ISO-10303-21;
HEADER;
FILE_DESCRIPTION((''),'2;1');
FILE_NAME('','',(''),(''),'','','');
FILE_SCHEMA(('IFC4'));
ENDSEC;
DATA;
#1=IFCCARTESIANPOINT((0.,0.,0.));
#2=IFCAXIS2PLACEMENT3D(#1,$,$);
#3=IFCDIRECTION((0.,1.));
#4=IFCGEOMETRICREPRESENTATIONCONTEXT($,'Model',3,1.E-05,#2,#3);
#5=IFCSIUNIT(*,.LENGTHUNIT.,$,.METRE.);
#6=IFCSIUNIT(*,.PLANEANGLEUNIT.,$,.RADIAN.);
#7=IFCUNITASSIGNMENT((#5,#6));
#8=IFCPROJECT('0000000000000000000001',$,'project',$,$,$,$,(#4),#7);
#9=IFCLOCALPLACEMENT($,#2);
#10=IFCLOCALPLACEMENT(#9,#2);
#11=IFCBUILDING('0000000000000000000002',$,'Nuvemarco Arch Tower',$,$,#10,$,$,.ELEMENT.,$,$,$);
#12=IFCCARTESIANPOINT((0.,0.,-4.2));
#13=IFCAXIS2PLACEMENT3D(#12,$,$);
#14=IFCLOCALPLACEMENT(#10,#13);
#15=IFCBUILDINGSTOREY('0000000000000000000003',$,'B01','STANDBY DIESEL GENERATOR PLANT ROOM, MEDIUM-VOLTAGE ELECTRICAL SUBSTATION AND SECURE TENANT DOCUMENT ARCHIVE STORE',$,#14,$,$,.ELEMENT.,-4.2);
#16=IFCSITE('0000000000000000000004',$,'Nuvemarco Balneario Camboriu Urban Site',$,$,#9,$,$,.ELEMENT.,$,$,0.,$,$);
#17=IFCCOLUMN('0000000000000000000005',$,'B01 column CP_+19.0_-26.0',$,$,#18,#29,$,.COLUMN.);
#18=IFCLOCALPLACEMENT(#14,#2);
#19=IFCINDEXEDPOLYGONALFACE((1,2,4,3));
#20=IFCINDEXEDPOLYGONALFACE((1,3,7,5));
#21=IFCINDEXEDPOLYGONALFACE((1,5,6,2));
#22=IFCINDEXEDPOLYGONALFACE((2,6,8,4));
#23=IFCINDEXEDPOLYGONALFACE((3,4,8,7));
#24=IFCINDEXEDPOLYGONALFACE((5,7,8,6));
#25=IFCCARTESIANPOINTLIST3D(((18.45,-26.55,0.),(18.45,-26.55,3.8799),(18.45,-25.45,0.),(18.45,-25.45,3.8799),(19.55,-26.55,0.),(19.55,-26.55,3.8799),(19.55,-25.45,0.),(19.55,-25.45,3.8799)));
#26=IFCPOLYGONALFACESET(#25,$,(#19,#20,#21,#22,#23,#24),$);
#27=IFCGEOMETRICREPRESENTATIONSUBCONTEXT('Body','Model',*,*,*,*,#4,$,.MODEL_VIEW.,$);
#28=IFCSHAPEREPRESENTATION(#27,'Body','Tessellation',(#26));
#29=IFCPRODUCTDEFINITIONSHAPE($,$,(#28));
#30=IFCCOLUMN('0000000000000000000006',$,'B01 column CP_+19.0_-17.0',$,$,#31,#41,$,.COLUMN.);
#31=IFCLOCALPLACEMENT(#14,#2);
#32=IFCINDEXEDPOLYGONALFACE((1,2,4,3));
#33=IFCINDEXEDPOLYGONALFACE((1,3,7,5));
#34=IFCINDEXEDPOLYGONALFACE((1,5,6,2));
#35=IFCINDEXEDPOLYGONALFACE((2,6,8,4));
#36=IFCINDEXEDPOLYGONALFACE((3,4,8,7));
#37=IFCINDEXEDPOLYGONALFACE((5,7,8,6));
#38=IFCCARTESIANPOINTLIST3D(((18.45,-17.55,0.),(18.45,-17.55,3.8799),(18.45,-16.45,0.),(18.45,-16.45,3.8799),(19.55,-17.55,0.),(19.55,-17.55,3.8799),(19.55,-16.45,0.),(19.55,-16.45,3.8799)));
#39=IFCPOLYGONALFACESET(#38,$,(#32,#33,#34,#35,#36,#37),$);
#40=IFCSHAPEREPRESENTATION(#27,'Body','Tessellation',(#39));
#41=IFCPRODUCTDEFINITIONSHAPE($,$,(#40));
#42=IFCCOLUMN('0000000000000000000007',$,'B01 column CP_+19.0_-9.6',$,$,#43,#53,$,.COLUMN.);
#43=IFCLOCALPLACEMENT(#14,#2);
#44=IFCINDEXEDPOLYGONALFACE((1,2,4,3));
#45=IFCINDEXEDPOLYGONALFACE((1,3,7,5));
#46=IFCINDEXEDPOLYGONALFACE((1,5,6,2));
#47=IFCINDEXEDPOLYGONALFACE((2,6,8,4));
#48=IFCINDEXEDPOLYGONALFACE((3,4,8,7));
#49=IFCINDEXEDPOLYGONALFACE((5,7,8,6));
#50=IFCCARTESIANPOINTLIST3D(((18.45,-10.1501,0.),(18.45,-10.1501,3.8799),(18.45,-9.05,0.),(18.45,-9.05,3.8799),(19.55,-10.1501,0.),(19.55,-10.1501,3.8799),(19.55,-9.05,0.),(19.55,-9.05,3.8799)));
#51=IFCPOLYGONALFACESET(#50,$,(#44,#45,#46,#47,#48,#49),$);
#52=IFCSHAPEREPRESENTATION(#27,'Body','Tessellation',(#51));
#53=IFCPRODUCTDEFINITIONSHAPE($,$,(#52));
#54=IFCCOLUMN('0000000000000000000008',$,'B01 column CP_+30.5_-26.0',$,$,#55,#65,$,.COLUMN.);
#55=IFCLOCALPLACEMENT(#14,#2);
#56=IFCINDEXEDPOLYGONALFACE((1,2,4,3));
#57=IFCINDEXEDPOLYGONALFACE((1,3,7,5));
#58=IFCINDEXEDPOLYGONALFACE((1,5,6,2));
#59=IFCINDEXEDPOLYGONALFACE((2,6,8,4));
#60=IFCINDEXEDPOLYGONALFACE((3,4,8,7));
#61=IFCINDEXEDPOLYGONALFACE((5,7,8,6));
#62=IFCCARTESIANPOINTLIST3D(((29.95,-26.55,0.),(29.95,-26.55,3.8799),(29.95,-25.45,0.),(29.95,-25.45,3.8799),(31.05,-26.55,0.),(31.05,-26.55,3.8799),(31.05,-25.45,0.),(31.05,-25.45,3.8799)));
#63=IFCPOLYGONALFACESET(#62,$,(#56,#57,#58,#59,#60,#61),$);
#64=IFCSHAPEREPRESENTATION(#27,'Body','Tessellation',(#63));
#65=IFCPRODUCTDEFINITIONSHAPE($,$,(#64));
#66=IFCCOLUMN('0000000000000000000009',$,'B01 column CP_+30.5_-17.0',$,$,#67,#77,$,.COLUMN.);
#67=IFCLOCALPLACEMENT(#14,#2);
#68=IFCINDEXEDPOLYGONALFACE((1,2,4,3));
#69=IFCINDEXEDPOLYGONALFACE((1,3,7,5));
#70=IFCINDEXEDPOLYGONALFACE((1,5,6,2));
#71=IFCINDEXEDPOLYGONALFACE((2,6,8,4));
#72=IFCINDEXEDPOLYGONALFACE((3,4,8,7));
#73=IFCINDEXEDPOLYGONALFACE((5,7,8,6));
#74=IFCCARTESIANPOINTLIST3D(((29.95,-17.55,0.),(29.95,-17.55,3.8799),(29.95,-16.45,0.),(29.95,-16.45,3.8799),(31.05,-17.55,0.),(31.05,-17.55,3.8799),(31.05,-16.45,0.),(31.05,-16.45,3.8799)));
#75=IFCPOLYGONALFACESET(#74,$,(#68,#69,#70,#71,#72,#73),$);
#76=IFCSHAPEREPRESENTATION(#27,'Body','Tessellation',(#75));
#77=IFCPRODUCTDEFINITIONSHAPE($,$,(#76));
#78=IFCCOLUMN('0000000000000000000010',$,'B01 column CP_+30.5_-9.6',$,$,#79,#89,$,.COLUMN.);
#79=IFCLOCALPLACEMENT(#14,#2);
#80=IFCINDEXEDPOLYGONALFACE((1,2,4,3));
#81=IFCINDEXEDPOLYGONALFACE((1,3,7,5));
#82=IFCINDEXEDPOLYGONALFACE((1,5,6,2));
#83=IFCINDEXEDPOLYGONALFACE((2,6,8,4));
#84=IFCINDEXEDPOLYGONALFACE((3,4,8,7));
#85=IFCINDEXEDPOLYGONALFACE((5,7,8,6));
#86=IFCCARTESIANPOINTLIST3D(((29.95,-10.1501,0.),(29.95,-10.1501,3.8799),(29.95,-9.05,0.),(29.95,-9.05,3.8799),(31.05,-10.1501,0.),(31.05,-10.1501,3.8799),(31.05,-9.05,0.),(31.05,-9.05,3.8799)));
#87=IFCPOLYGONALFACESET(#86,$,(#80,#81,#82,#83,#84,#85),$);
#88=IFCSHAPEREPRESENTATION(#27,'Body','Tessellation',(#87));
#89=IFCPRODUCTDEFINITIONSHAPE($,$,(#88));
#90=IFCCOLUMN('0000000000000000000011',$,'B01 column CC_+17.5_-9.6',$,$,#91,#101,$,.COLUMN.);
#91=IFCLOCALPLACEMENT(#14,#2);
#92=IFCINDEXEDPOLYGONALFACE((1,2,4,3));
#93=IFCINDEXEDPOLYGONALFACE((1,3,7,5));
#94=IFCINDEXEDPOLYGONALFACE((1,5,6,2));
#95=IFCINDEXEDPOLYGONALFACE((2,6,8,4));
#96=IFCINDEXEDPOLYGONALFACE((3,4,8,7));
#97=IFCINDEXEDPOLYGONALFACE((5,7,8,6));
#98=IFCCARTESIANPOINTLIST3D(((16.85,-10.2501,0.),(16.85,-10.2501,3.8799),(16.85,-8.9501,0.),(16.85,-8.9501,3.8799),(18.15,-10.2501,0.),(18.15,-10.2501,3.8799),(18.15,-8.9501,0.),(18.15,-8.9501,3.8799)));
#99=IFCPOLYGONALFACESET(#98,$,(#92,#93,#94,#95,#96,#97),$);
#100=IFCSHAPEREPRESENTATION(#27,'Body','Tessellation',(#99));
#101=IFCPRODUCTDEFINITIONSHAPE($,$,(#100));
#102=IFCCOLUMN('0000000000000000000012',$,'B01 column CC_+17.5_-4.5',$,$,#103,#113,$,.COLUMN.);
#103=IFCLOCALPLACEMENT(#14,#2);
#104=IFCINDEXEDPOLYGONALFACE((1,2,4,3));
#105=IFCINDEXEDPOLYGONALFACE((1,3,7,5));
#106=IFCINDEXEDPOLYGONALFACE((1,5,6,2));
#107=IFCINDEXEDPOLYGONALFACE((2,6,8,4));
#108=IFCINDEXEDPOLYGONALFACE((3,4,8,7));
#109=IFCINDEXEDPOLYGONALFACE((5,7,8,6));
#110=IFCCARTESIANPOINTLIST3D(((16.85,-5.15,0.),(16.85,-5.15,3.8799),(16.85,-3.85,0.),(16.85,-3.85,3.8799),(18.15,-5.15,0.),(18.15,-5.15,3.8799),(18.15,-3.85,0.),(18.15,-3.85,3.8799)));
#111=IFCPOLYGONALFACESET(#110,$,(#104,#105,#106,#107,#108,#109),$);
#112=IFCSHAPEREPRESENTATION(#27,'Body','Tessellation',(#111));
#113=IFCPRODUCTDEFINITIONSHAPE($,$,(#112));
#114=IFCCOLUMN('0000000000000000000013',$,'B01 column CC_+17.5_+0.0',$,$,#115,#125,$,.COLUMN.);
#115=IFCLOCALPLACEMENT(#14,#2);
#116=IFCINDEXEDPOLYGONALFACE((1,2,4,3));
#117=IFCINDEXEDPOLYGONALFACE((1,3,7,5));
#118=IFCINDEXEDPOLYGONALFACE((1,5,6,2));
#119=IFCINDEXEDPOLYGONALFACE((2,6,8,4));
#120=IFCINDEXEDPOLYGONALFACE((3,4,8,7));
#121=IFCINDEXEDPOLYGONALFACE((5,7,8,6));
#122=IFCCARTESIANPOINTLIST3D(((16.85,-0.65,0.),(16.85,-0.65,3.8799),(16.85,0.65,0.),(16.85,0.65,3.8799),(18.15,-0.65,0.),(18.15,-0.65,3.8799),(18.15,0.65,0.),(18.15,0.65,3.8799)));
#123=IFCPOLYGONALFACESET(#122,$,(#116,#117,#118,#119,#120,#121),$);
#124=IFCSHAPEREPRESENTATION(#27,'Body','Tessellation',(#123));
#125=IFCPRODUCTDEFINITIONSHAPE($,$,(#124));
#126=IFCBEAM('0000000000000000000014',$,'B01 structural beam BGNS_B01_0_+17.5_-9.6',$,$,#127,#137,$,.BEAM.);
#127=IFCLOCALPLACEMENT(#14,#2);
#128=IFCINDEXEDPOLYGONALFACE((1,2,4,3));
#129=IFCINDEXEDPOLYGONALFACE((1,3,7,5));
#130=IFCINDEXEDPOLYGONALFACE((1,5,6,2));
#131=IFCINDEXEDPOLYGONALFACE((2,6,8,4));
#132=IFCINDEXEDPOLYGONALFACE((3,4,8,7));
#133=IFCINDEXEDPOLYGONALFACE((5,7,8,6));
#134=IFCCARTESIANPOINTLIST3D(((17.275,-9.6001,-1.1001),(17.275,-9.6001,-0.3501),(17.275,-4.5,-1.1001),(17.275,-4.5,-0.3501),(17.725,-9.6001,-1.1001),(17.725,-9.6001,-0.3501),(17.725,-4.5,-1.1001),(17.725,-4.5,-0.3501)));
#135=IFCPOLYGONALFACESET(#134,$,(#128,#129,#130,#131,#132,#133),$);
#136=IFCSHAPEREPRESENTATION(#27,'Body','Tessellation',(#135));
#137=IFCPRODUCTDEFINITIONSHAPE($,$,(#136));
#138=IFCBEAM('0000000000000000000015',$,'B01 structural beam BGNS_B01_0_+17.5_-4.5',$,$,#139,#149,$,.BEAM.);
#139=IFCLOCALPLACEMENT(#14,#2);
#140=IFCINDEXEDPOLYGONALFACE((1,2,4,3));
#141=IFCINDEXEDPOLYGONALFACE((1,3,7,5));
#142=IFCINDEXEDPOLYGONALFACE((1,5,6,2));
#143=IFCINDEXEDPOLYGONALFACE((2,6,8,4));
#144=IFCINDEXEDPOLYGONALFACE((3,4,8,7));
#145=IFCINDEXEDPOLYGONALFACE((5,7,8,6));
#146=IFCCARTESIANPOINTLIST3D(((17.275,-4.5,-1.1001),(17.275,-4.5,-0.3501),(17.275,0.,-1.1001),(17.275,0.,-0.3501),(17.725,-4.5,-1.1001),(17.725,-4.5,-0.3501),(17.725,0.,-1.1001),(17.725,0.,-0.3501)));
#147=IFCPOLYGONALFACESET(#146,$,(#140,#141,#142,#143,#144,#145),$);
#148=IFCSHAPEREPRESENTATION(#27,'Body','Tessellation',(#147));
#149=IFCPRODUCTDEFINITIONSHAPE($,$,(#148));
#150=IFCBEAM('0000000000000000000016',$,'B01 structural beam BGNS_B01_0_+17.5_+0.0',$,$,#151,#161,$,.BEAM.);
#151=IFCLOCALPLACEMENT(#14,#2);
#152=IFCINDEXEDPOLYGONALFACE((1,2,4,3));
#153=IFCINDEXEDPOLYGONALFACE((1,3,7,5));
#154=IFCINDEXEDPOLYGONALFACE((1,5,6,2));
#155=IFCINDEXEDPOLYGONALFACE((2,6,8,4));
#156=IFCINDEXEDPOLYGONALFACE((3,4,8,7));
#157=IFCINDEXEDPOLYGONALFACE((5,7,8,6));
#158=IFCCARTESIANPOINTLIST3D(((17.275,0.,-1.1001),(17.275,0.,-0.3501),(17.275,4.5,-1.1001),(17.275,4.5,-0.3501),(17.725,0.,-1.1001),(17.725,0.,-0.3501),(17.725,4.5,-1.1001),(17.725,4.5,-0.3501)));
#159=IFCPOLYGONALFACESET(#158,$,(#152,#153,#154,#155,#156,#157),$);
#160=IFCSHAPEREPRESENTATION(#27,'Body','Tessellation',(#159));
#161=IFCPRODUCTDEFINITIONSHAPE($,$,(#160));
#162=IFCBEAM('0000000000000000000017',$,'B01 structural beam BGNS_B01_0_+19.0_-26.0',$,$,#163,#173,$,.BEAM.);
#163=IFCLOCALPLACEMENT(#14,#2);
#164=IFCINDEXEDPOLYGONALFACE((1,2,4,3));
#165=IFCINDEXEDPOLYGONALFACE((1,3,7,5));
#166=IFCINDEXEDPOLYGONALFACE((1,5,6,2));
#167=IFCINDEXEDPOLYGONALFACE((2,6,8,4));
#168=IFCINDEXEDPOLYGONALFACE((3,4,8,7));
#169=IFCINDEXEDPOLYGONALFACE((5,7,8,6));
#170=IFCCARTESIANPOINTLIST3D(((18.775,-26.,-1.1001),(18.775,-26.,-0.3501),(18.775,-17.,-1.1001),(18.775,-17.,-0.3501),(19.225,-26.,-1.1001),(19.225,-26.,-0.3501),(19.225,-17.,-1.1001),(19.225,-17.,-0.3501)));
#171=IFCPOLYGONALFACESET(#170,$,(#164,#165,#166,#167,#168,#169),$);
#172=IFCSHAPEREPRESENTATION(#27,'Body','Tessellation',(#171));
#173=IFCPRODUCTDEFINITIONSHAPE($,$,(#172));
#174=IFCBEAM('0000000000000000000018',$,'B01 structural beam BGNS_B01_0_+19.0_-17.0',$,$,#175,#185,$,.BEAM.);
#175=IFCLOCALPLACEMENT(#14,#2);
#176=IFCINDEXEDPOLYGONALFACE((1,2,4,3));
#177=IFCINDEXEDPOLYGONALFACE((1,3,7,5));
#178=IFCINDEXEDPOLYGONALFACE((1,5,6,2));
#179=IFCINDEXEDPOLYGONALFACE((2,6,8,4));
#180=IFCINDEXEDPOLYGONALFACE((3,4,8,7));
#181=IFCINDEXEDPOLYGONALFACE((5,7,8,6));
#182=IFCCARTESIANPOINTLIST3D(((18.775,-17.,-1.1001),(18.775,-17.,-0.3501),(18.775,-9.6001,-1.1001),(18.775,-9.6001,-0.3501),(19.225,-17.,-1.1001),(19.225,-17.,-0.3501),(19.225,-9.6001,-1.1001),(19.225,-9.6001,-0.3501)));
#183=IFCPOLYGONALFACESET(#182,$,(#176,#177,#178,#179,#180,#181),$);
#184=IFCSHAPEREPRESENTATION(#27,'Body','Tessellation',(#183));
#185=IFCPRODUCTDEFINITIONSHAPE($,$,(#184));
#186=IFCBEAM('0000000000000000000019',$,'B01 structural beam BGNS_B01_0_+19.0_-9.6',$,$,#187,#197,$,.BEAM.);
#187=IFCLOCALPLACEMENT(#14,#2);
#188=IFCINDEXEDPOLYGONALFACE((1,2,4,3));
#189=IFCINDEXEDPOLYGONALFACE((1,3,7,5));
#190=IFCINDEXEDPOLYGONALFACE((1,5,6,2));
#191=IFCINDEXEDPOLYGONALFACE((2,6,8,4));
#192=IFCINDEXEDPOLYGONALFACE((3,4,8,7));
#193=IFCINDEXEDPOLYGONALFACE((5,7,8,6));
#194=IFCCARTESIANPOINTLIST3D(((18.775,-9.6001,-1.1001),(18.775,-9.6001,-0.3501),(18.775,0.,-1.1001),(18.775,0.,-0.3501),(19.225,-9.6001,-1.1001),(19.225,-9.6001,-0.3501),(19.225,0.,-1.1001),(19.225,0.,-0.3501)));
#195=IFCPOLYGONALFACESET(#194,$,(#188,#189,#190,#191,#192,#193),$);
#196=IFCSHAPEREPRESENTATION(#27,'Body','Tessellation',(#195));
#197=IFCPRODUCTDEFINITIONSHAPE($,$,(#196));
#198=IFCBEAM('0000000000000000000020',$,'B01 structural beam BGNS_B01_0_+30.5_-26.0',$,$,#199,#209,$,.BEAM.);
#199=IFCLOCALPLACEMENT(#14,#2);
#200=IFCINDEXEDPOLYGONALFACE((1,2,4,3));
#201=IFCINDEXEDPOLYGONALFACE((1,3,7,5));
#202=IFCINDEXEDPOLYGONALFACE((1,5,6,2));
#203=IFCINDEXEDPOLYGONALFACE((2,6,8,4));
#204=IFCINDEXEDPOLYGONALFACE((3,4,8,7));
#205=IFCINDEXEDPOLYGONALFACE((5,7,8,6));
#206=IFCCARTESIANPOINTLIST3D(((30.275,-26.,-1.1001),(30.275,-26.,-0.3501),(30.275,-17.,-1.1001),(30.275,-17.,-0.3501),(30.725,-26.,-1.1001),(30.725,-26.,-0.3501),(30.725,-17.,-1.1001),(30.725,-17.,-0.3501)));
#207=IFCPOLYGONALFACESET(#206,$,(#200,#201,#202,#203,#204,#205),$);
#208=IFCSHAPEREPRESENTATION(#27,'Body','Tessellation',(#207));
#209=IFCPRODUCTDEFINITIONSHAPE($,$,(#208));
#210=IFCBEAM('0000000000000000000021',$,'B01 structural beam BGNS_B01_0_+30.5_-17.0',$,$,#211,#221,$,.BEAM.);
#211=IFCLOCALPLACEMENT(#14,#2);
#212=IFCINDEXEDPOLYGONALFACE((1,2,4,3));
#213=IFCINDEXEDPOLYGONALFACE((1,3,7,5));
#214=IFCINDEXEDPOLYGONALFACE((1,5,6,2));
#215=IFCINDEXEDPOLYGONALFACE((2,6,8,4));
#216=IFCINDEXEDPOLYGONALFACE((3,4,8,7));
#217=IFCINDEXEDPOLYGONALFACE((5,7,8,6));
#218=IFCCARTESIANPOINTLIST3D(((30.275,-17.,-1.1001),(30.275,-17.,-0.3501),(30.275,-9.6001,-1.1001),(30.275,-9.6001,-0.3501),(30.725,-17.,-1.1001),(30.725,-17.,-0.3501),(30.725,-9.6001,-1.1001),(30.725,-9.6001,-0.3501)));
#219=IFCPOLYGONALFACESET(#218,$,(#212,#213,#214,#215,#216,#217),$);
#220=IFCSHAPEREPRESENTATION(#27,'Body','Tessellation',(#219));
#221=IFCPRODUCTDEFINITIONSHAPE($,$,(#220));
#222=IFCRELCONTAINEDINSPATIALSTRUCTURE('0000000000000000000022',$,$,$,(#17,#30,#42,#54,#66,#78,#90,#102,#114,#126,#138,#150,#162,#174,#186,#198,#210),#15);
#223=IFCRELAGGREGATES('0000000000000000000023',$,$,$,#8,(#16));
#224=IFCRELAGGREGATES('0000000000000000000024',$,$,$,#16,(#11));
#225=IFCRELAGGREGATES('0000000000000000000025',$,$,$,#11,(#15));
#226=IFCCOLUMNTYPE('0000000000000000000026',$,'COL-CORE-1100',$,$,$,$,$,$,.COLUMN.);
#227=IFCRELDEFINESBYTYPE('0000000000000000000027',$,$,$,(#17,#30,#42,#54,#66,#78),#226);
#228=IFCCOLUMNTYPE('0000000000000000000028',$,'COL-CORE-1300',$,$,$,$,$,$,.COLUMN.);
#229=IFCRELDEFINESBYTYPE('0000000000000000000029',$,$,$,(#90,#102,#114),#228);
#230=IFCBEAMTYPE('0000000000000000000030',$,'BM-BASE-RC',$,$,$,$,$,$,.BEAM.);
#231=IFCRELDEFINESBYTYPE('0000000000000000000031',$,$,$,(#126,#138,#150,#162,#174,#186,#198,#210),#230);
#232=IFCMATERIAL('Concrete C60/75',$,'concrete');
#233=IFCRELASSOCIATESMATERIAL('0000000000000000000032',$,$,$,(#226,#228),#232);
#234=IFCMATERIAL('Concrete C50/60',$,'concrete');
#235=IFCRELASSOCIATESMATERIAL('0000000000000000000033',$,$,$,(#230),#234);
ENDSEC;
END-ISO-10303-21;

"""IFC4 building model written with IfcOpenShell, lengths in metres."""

from ifc_helpers import new_model, si_unit, direction, frame, origin, origin_2d, place, context, subcontext, project, spatial, rectangle, extrude, material, material_profile, profile_set, type_object, element, save


model = new_model("IFC4")

# Units and contexts
model_context = context("Model", 3, precision=1e-05, world=origin(), true_north=direction((0.0, 1.0)))
body_context = subcontext(model_context, "Body", "Model", "MODEL_VIEW")
ifc_project = project(units=[si_unit("LENGTHUNIT", "METRE"), si_unit("PLANEANGLEUNIT", "RADIAN")], contexts=[model_context])

# Site, building, storey
site_placement = place(None, origin())
site = spatial("IfcSite", under=ifc_project, at=site_placement, Name="Nuvemarco Balneario Camboriu Urban Site", CompositionType="ELEMENT", RefElevation=0.0)
building_placement = place(site_placement, origin())
building = spatial("IfcBuilding", under=site, at=building_placement, Name="Nuvemarco Arch Tower", CompositionType="ELEMENT")
storey_placement = place(building_placement, frame((0.0, 0.0, -4.2)))
storey = spatial("IfcBuildingStorey", under=building, at=storey_placement, Name="B01", Description="STANDBY DIESEL GENERATOR PLANT ROOM, MEDIUM-VOLTAGE ELECTRICAL SUBSTATION AND SECURE TENANT DOCUMENT ARCHIVE STORE", CompositionType="ELEMENT", Elevation=-4.2)

# Columns
ifc_material_1 = material(Name="Concrete C60/75", Category="concrete")
ifc_material_profile_1 = material_profile(ifc_material_1, rectangle(XDim=1.1001, YDim=1.1001, at=origin_2d()), Name="RC-COL-1100x1100")
ifc_profile_set_1 = profile_set([ifc_material_profile_1], Name="Concrete C60/75")
column_type_1 = type_object("IfcColumnType", Name="COL-CORE-1100", PredefinedType="COLUMN", material=ifc_profile_set_1)
for number, where, z_axis, x_axis, name in (
    (1, (19.0, -26.0, 0.0), (0.0, 0.0, 1.0), (1.0, 0.0, 0.0), "B01 column CP_+19.0_-26.0"),
    (2, (19.0, -17.0, 0.0), (0.0, 0.0, 1.0), (1.0, 0.0, 0.0), "B01 column CP_+19.0_-17.0"),
    (3, (19.0, -9.6001, 0.0), (0.0, 0.0, 1.0), (1.0, 0.0, 0.0), "B01 column CP_+19.0_-9.6"),
    (4, (30.5, -26.0, 0.0), (0.0, 0.0, 1.0), (1.0, 0.0, 0.0), "B01 column CP_+30.5_-26.0"),
    (5, (30.5, -17.0, 0.0), (0.0, 0.0, 1.0), (1.0, 0.0, 0.0), "B01 column CP_+30.5_-17.0"),
    (6, (30.5, -9.6001, 0.0), (0.0, 0.0, 1.0), (1.0, 0.0, 0.0), "B01 column CP_+30.5_-9.6"),
):
    element("IfcColumn", number, at=place(storey_placement, frame(where, z_axis=z_axis, x_axis=x_axis)), inside=storey, type_object=column_type_1, Name=name, PredefinedType="COLUMN", context=body_context, shape_type="SweptSolid", body=[
        extrude(rectangle(XDim=1.1001, YDim=1.1001, at=origin_2d()), origin(), (0.0, 0.0, 1.0), 3.8799),
    ])
ifc_material_profile_2 = material_profile(ifc_material_1, rectangle(XDim=1.3, YDim=1.3, at=origin_2d()), Name="RC-COL-1300x1300")
ifc_profile_set_2 = profile_set([ifc_material_profile_2], Name="Concrete C60/75")
column_type_2 = type_object("IfcColumnType", Name="COL-CORE-1300", PredefinedType="COLUMN", material=ifc_profile_set_2)
for number, where, z_axis, x_axis, name in (
    (7, (17.5, -9.6001, 0.0), (0.0, 0.0, 1.0), (1.0, 0.0, 0.0), "B01 column CC_+17.5_-9.6"),
    (8, (17.5, -4.5, 0.0), (0.0, 0.0, 1.0), (1.0, 0.0, 0.0), "B01 column CC_+17.5_-4.5"),
    (9, (17.5, 0.0, 0.0), (0.0, 0.0, 1.0), (1.0, 0.0, 0.0), "B01 column CC_+17.5_+0.0"),
):
    element("IfcColumn", number, at=place(storey_placement, frame(where, z_axis=z_axis, x_axis=x_axis)), inside=storey, type_object=column_type_2, Name=name, PredefinedType="COLUMN", context=body_context, shape_type="SweptSolid", body=[
        extrude(rectangle(XDim=1.3, YDim=1.3, at=origin_2d()), origin(), (0.0, 0.0, 1.0), 3.8799),
    ])

# Beams
ifc_material_2 = material(Name="Concrete C50/60", Category="concrete")
ifc_material_profile_3 = material_profile(ifc_material_2, rectangle(XDim=0.45, YDim=0.75, at=origin_2d()), Name="RC-BM-450x750")
ifc_profile_set_3 = profile_set([ifc_material_profile_3], Name="Concrete C50/60")
beam_type_1 = type_object("IfcBeamType", Name="BM-BASE-RC", PredefinedType="BEAM", material=ifc_profile_set_3)
beam_1_placement = place(storey_placement, frame((17.5, -9.6001, -0.7251), z_axis=(0.0, 1.0, 0.0), x_axis=(-1.0, 0.0, 0.0)))
element("IfcBeam", 10, at=beam_1_placement, inside=storey, type_object=beam_type_1, Name="B01 structural beam BGNS_B01_0_+17.5_-9.6", PredefinedType="BEAM", context=body_context, shape_type="SweptSolid", body=[
    extrude(rectangle(XDim=0.45, YDim=0.75, at=origin_2d()), origin(), (0.0, 0.0, 1.0), 5.1001),
])
for number, where, z_axis, x_axis, name in (
    (11, (17.5, -4.5, -0.7251), (0.0, 1.0, 0.0), (-1.0, 0.0, 0.0), "B01 structural beam BGNS_B01_0_+17.5_-4.5"),
    (12, (17.5, 0.0, -0.7251), (0.0, 1.0, 0.0), (-1.0, 0.0, 0.0), "B01 structural beam BGNS_B01_0_+17.5_+0.0"),
):
    element("IfcBeam", number, at=place(storey_placement, frame(where, z_axis=z_axis, x_axis=x_axis)), inside=storey, type_object=beam_type_1, Name=name, PredefinedType="BEAM", context=body_context, shape_type="SweptSolid", body=[
        extrude(rectangle(XDim=0.45, YDim=0.75, at=origin_2d()), origin(), (0.0, 0.0, 1.0), 4.5),
    ])
beam_2_placement = place(storey_placement, frame((19.0, -26.0, -0.7251), z_axis=(0.0, 1.0, 0.0), x_axis=(-1.0, 0.0, 0.0)))
element("IfcBeam", 13, at=beam_2_placement, inside=storey, type_object=beam_type_1, Name="B01 structural beam BGNS_B01_0_+19.0_-26.0", PredefinedType="BEAM", context=body_context, shape_type="SweptSolid", body=[
    extrude(rectangle(XDim=0.45, YDim=0.75, at=origin_2d()), origin(), (0.0, 0.0, 1.0), 9.0),
])
beam_3_placement = place(storey_placement, frame((19.0, -17.0, -0.7251), z_axis=(0.0, 1.0, 0.0), x_axis=(-1.0, 0.0, 0.0)))
element("IfcBeam", 14, at=beam_3_placement, inside=storey, type_object=beam_type_1, Name="B01 structural beam BGNS_B01_0_+19.0_-17.0", PredefinedType="BEAM", context=body_context, shape_type="SweptSolid", body=[
    extrude(rectangle(XDim=0.45, YDim=0.75, at=origin_2d()), origin(), (0.0, 0.0, 1.0), 7.3999),
])
beam_4_placement = place(storey_placement, frame((19.0, -9.6001, -0.7251), z_axis=(0.0, 1.0, 0.0), x_axis=(-1.0, 0.0, 0.0)))
element("IfcBeam", 15, at=beam_4_placement, inside=storey, type_object=beam_type_1, Name="B01 structural beam BGNS_B01_0_+19.0_-9.6", PredefinedType="BEAM", context=body_context, shape_type="SweptSolid", body=[
    extrude(rectangle(XDim=0.45, YDim=0.75, at=origin_2d()), origin(), (0.0, 0.0, 1.0), 9.6001),
])
beam_5_placement = place(storey_placement, frame((30.5, -26.0, -0.7251), z_axis=(0.0, 1.0, 0.0), x_axis=(-1.0, 0.0, 0.0)))
element("IfcBeam", 16, at=beam_5_placement, inside=storey, type_object=beam_type_1, Name="B01 structural beam BGNS_B01_0_+30.5_-26.0", PredefinedType="BEAM", context=body_context, shape_type="SweptSolid", body=[
    extrude(rectangle(XDim=0.45, YDim=0.75, at=origin_2d()), origin(), (0.0, 0.0, 1.0), 9.0),
])
beam_6_placement = place(storey_placement, frame((30.5, -17.0, -0.7251), z_axis=(0.0, 1.0, 0.0), x_axis=(-1.0, 0.0, 0.0)))
element("IfcBeam", 17, at=beam_6_placement, inside=storey, type_object=beam_type_1, Name="B01 structural beam BGNS_B01_0_+30.5_-17.0", PredefinedType="BEAM", context=body_context, shape_type="SweptSolid", body=[
    extrude(rectangle(XDim=0.45, YDim=0.75, at=origin_2d()), origin(), (0.0, 0.0, 1.0), 7.3999),
])

save(model, "model.ifc")
